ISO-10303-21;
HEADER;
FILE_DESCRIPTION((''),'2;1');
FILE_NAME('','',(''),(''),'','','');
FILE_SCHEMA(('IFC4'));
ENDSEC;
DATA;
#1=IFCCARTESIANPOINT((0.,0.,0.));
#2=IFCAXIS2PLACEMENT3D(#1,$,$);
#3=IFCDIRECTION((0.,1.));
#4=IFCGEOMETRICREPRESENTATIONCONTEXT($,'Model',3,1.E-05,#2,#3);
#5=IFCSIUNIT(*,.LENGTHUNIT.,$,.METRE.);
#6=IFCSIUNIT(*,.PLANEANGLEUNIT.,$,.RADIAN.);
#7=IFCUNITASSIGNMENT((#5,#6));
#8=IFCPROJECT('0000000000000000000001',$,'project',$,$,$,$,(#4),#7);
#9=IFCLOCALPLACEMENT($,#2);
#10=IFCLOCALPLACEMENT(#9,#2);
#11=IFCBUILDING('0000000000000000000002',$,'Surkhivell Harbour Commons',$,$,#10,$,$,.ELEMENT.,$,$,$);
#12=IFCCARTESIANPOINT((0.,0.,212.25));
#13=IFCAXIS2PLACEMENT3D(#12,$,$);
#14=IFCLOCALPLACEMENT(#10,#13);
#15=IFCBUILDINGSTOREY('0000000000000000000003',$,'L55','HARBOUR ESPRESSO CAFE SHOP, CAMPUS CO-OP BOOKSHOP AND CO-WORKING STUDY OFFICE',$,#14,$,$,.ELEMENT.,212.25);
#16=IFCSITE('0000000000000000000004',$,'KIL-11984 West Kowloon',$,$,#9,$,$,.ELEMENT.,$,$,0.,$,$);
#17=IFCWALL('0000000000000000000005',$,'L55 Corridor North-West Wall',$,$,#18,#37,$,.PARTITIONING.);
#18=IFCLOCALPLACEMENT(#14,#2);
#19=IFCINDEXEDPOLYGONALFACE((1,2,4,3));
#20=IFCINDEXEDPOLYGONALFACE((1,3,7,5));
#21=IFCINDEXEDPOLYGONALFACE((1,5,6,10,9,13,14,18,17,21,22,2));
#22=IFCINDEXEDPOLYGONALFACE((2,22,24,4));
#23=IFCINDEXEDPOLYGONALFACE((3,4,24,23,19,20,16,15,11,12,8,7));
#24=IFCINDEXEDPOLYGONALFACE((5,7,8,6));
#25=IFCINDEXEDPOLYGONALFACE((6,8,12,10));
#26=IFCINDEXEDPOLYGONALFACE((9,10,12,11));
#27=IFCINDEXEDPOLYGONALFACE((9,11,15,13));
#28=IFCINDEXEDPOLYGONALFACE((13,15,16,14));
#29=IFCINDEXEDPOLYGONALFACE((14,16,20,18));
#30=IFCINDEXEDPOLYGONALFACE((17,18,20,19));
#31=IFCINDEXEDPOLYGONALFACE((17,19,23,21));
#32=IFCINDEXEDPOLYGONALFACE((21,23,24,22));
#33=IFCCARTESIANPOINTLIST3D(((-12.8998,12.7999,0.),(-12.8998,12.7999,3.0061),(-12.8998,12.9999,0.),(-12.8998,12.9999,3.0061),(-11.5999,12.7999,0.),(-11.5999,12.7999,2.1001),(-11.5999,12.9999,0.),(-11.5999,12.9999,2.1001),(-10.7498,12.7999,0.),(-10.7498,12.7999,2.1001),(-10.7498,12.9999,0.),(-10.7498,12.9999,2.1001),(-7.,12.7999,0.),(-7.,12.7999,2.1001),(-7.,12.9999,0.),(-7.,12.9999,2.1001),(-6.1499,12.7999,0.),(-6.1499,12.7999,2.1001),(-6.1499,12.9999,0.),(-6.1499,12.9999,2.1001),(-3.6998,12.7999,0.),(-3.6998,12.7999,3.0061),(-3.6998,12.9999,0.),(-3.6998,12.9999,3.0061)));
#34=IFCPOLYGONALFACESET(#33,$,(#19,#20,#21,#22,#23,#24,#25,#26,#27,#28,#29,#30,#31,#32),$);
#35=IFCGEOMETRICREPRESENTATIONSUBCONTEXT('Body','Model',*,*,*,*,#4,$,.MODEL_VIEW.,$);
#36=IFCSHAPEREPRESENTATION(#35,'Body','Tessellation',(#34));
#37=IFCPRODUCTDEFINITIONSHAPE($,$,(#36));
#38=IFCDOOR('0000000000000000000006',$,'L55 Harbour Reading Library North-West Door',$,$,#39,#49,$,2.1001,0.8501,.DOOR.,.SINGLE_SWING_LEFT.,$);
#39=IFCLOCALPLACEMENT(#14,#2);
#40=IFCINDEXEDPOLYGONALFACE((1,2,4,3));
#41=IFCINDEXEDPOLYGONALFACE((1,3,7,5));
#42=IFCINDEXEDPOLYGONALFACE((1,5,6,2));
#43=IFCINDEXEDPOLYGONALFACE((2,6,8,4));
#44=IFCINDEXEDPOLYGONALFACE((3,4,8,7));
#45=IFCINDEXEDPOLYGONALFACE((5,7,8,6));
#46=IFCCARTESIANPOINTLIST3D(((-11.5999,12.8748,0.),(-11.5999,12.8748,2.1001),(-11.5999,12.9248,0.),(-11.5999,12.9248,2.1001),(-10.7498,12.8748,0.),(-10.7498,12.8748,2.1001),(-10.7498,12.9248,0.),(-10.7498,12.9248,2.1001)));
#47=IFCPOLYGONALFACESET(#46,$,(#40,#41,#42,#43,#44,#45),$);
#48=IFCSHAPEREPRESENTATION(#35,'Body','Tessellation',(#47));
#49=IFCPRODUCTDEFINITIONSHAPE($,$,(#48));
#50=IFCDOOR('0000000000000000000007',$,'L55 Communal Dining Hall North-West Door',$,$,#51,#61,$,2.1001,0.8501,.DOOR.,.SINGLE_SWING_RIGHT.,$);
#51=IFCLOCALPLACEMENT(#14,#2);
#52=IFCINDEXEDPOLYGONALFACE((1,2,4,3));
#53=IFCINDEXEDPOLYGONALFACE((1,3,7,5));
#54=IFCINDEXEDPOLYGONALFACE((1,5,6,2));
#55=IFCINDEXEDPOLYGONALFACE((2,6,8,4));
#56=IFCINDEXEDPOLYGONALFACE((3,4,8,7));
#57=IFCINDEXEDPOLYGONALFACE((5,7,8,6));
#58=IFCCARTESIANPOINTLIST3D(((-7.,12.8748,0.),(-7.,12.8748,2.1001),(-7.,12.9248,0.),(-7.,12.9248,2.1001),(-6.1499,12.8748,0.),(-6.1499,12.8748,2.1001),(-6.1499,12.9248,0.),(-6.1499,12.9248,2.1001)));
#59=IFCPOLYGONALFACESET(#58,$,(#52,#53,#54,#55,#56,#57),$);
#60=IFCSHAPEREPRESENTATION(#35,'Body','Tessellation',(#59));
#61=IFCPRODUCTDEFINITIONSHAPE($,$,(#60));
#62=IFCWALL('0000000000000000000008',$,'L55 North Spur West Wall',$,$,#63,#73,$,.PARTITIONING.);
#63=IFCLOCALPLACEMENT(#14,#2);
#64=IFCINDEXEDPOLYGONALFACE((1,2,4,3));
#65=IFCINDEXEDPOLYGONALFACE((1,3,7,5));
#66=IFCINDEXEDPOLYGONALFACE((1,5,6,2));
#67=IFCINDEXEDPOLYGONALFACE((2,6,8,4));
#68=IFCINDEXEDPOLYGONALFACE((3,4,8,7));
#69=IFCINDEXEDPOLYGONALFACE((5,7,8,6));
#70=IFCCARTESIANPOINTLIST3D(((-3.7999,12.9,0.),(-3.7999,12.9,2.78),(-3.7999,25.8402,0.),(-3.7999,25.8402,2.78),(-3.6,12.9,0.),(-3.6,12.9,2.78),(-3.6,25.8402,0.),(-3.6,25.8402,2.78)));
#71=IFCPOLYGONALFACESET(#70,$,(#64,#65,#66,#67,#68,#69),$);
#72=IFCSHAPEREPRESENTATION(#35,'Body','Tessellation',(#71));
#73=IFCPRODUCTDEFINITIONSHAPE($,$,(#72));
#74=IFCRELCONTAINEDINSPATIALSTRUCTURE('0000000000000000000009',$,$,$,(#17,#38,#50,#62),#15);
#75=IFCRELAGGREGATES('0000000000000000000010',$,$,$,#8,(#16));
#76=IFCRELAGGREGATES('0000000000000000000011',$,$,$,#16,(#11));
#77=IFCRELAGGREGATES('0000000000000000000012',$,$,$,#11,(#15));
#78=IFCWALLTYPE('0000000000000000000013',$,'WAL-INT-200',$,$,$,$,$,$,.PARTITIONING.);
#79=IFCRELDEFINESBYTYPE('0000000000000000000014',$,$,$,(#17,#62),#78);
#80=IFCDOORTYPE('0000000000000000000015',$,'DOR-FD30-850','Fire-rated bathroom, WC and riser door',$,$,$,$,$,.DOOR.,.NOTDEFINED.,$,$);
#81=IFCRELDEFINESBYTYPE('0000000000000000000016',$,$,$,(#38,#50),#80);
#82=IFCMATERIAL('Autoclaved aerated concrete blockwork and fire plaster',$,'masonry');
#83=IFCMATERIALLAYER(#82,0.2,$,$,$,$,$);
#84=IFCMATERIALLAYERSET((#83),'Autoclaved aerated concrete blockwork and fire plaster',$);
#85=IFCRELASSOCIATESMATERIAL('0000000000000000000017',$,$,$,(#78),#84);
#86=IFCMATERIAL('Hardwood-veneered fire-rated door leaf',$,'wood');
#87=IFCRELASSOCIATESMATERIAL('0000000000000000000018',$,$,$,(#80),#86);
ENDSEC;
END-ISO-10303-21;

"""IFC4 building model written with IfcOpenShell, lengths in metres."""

from ifc_helpers import new_model, si_unit, direction, frame, frame_2d, origin, place, context, subcontext, project, spatial, rectangle, extrude, material, layer, layer_set, type_object, element, fill, save


model = new_model("IFC4")

# Units and contexts
model_context = context("Model", 3, precision=1e-05, world=origin(), true_north=direction((0.0, 1.0)))
body_context = subcontext(model_context, "Body", "Model", "MODEL_VIEW")
ifc_project = project(units=[si_unit("LENGTHUNIT", "METRE"), si_unit("PLANEANGLEUNIT", "RADIAN")], contexts=[model_context])

# Site, building, storey
site_placement = place(None, origin())
site = spatial("IfcSite", under=ifc_project, at=site_placement, Name="KIL-11984 West Kowloon", CompositionType="ELEMENT", RefElevation=0.0)
building_placement = place(site_placement, origin())
building = spatial("IfcBuilding", under=site, at=building_placement, Name="Surkhivell Harbour Commons", CompositionType="ELEMENT")
storey_placement = place(building_placement, frame((0.0, 0.0, 212.25)))
storey = spatial("IfcBuildingStorey", under=building, at=storey_placement, Name="L55", Description="HARBOUR ESPRESSO CAFE SHOP, CAMPUS CO-OP BOOKSHOP AND CO-WORKING STUDY OFFICE", CompositionType="ELEMENT", Elevation=212.25)

# Shared definitions
ifc_material_1 = material(Name="Hardwood-veneered fire-rated door leaf", Category="wood")

# Shared definitions
ifc_material_2 = material(Name="Autoclaved aerated concrete blockwork and fire plaster", Category="masonry")
ifc_layer_1 = layer(ifc_material_2, 0.2)
ifc_layer_set_1 = layer_set([ifc_layer_1], Name="Autoclaved aerated concrete blockwork and fire plaster")
wall_type_1 = type_object("IfcWallType", Name="WAL-INT-200", PredefinedType="PARTITIONING", material=ifc_layer_set_1)

# Wall, openings, doors
wall_1_placement = place(storey_placement, frame((-12.8999, 12.8999, 0.0), z_axis=(0.0, 0.0, 1.0), x_axis=(1.0, 0.0, 0.0)))
wall_1 = element("IfcWall", 1, at=wall_1_placement, inside=storey, type_object=wall_type_1, Name="L55 Corridor North-West Wall", PredefinedType="PARTITIONING", context=body_context, shape_type="SweptSolid", body=[
    extrude(rectangle(XDim=9.2, YDim=0.2, at=frame_2d((4.6001, 0.0))), origin(), (0.0, 0.0, 1.0), 3.0061),
])
opening_1_placement = place(wall_1_placement, frame((1.3, 0.0, 0.0)))
opening_1 = element("IfcOpeningElement", 2, at=opening_1_placement, cuts=wall_1, PredefinedType="OPENING", context=body_context, shape_type="SweptSolid", body=[
    extrude(rectangle(XDim=0.8501, YDim=2.1001, at=frame_2d((0.425, 1.05))), frame((0.0, 0.1099, 0.0), z_axis=(0.0, -1.0, 0.0), x_axis=(1.0, 0.0, 0.0)), (0.0, 0.0, 1.0), 0.22),
])
opening_2_placement = place(wall_1_placement, frame((5.8999, 0.0, 0.0)))
opening_2 = element("IfcOpeningElement", 3, at=opening_2_placement, cuts=wall_1, PredefinedType="OPENING", context=body_context, shape_type="SweptSolid", body=[
    extrude(rectangle(XDim=0.8501, YDim=2.1001, at=frame_2d((0.425, 1.05))), frame((0.0, 0.1099, 0.0), z_axis=(0.0, -1.0, 0.0), x_axis=(1.0, 0.0, 0.0)), (0.0, 0.0, 1.0), 0.22),
])
door_type_1 = type_object("IfcDoorType", Name="DOR-FD30-850", Description="Fire-rated bathroom, WC and riser door", OperationType="NOTDEFINED", PredefinedType="DOOR", material=ifc_material_1)
door_1_placement = place(opening_1_placement, origin())
door_1 = element("IfcDoor", 4, at=door_1_placement, inside=storey, type_object=door_type_1, Name="L55 Harbour Reading Library North-West Door", OperationType="SINGLE_SWING_LEFT", OverallHeight=2.1001, OverallWidth=0.8501, PredefinedType="DOOR", context=body_context, shape_type="SweptSolid", body=[
    extrude(rectangle(XDim=0.8501, YDim=2.1001, at=frame_2d((0.425, 1.05))), frame((0.0, 0.0249, 0.0), z_axis=(0.0, -1.0, 0.0), x_axis=(1.0, 0.0, 0.0)), (0.0, 0.0, 1.0), 0.05),
])
fill(opening_1, door_1)
door_2_placement = place(opening_2_placement, origin())
door_2 = element("IfcDoor", 5, at=door_2_placement, inside=storey, type_object=door_type_1, Name="L55 Communal Dining Hall North-West Door", OperationType="SINGLE_SWING_RIGHT", OverallHeight=2.1001, OverallWidth=0.8501, PredefinedType="DOOR", context=body_context, shape_type="SweptSolid", body=[
    extrude(rectangle(XDim=0.8501, YDim=2.1001, at=frame_2d((0.425, 1.05))), frame((0.0, 0.0249, 0.0), z_axis=(0.0, -1.0, 0.0), x_axis=(1.0, 0.0, 0.0)), (0.0, 0.0, 1.0), 0.05),
])
fill(opening_2, door_2)

# Wall
wall_2_placement = place(storey_placement, frame((-3.7, 12.8999, 0.0), z_axis=(0.0, 0.0, 1.0), x_axis=(0.0, 1.0, 0.0)))
element("IfcWall", 6, at=wall_2_placement, inside=storey, type_object=wall_type_1, Name="L55 North Spur West Wall", PredefinedType="PARTITIONING", context=body_context, shape_type="SweptSolid", body=[
    extrude(rectangle(XDim=12.9402, YDim=0.2, at=frame_2d((6.4702, 0.0))), origin(), (0.0, 0.0, 1.0), 2.78),
])

save(model, "model.ifc")
